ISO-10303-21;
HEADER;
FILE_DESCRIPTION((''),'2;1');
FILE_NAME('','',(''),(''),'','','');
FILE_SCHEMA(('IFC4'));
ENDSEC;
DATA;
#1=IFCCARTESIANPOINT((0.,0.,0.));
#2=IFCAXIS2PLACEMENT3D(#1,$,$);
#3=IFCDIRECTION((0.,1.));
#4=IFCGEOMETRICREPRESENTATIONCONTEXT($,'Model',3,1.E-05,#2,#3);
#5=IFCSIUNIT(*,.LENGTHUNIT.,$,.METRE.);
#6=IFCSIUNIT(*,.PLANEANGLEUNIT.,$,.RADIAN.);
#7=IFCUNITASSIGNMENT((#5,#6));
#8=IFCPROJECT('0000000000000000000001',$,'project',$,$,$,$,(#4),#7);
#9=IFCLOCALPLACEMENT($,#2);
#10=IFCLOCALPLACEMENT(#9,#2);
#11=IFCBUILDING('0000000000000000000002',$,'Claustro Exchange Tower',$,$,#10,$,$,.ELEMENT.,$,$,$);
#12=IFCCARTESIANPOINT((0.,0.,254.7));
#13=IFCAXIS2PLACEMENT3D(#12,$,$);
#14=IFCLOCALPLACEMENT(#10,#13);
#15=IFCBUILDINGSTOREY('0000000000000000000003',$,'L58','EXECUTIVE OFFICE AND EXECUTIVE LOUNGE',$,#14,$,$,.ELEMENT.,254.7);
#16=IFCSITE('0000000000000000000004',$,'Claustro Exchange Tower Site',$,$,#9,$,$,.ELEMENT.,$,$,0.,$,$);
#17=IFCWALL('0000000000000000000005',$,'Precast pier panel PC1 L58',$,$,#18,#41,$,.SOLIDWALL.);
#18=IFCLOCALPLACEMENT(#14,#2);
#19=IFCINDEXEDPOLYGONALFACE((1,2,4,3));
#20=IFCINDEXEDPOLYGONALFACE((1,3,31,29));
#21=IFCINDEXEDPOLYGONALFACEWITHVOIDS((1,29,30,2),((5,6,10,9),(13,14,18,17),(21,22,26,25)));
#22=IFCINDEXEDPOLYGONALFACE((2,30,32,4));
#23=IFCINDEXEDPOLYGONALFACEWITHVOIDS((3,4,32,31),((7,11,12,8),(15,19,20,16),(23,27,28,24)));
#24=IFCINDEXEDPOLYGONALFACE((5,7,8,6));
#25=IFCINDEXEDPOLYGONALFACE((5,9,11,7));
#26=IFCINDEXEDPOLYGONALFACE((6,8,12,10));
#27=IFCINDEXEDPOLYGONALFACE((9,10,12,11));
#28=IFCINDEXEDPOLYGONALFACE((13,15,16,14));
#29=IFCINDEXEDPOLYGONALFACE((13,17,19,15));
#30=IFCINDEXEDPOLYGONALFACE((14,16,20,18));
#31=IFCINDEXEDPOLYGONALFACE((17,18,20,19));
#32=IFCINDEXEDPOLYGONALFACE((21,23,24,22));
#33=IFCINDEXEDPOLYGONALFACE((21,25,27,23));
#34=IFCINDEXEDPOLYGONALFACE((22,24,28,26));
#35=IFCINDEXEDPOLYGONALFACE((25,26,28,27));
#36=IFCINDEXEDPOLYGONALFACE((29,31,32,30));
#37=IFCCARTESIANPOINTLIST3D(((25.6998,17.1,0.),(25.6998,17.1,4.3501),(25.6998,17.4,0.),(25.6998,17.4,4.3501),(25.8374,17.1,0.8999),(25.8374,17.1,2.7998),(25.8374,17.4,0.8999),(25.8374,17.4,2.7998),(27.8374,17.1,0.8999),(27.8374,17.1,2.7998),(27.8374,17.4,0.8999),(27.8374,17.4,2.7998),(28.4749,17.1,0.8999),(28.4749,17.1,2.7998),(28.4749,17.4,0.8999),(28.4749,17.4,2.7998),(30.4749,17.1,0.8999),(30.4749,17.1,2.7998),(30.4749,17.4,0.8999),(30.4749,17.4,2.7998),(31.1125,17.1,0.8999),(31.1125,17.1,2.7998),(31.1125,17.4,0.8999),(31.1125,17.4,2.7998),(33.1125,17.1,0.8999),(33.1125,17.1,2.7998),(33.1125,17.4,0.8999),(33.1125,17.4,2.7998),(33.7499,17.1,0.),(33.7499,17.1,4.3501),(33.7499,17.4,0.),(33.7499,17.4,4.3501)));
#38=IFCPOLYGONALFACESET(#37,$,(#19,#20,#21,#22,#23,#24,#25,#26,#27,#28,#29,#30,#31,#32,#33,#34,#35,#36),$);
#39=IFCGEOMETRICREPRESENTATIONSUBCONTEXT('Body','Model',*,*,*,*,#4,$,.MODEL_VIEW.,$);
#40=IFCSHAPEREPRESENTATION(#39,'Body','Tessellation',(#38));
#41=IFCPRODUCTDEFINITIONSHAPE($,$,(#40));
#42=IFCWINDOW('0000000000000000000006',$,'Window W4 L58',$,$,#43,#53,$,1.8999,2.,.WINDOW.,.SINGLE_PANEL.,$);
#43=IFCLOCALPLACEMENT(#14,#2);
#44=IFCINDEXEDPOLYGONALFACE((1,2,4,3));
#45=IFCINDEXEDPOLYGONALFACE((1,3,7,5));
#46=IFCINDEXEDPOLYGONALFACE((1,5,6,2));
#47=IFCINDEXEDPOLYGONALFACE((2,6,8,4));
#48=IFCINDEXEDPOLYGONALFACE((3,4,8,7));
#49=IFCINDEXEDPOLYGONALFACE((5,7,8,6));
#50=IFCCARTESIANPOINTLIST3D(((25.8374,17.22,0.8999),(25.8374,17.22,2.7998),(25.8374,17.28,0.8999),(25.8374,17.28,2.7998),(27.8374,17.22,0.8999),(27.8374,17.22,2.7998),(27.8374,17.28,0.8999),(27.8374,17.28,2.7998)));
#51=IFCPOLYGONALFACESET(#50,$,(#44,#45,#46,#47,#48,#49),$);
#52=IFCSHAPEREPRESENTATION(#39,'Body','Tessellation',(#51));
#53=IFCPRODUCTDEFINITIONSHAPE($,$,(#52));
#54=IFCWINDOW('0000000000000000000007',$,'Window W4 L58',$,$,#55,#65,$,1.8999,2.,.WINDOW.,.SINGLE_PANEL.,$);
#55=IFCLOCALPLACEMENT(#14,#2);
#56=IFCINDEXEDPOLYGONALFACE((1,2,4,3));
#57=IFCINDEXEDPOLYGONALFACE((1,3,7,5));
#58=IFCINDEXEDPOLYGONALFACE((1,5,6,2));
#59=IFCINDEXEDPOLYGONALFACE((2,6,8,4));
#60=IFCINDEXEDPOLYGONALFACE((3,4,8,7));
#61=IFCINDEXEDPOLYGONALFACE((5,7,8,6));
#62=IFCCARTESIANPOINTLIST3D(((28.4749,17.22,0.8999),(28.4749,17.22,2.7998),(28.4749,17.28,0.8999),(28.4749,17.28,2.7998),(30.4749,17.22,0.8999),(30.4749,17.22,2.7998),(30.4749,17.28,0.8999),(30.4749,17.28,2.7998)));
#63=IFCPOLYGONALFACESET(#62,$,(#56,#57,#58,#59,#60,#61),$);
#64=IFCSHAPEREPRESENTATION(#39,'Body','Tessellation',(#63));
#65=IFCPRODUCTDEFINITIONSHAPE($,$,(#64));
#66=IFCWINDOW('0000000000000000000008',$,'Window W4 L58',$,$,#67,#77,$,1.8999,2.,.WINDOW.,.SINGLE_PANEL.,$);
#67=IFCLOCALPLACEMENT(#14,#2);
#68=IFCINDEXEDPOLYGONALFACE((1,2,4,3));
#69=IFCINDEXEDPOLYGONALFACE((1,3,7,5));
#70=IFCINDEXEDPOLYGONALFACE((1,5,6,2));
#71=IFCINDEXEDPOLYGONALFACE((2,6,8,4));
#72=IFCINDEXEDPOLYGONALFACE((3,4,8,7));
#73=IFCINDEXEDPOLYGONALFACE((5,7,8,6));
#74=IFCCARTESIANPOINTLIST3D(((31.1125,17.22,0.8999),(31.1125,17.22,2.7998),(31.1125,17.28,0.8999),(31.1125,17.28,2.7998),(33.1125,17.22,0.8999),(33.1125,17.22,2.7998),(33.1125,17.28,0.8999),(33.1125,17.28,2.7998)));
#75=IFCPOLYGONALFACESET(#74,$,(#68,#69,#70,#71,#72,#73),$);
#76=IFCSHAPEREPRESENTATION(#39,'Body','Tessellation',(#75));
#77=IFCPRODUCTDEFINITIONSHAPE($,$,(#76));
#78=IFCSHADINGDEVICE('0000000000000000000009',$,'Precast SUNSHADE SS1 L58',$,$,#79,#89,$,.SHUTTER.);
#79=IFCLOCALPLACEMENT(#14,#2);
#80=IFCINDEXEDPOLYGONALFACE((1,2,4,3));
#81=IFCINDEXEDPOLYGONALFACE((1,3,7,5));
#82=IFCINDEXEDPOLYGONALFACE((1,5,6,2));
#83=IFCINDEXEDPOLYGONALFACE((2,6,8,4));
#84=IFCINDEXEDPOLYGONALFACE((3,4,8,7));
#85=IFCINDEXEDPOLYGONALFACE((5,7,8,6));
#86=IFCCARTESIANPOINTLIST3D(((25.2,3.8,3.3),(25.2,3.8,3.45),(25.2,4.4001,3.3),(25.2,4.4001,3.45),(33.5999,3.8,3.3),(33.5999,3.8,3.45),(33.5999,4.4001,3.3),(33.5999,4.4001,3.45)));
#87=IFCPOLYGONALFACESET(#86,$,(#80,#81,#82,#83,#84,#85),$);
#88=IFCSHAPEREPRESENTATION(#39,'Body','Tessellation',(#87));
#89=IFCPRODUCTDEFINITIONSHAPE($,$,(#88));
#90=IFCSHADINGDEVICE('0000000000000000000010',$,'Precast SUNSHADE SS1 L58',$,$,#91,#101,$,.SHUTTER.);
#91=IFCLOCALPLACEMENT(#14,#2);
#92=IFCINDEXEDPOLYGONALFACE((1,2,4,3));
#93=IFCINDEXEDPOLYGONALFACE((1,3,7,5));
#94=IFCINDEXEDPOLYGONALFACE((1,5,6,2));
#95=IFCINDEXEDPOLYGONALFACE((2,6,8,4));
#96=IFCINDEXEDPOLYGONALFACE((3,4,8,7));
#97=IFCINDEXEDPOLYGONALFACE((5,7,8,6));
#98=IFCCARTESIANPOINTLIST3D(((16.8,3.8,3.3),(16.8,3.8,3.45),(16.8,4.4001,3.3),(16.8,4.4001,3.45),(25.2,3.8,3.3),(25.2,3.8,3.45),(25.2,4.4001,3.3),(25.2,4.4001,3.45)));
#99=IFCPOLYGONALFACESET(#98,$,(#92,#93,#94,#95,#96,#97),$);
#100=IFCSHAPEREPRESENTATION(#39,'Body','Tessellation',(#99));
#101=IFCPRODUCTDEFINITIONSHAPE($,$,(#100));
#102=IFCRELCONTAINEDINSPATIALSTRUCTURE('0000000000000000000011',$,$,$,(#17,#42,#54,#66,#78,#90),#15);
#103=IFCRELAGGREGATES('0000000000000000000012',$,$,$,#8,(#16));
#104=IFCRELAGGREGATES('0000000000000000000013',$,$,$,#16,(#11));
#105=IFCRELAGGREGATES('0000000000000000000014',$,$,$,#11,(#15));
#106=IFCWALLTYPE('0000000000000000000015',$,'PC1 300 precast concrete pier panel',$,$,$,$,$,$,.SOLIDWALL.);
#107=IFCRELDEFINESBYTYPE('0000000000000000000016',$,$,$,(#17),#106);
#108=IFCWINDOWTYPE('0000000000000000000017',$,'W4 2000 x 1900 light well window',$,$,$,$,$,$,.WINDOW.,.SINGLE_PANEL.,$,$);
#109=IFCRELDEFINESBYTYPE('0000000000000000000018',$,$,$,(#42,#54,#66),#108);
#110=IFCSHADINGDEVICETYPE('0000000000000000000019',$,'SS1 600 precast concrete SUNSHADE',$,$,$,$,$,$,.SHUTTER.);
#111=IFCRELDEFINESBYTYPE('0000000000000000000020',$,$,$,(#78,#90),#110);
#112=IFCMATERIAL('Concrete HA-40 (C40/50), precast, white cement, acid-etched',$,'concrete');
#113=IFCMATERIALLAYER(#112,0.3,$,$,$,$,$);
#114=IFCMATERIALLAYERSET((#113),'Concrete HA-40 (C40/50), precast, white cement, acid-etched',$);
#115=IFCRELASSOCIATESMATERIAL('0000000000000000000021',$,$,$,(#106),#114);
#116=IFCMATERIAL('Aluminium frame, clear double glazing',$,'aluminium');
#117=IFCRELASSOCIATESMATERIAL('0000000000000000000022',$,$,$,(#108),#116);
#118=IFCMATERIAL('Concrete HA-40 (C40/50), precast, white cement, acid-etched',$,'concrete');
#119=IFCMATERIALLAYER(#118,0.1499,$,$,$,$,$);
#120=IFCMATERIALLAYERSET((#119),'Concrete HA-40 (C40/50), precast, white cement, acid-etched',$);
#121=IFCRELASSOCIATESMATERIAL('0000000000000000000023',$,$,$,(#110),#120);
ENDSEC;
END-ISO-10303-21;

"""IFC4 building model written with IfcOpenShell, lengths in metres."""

from ifc_helpers import new_model, si_unit, direction, frame, frame_2d, origin, origin_2d, place, context, subcontext, project, spatial, rectangle, extrude, material, layer, layer_set, type_object, element, fill, save


model = new_model("IFC4")

# Units and contexts
model_context = context("Model", 3, precision=1e-05, world=origin(), true_north=direction((0.0, 1.0)))
body_context = subcontext(model_context, "Body", "Model", "MODEL_VIEW")
ifc_project = project(units=[si_unit("LENGTHUNIT", "METRE"), si_unit("PLANEANGLEUNIT", "RADIAN")], contexts=[model_context])

# Site, building, storey
site_placement = place(None, origin())
site = spatial("IfcSite", under=ifc_project, at=site_placement, Name="Claustro Exchange Tower Site", CompositionType="ELEMENT", RefElevation=0.0)
building_placement = place(site_placement, origin())
building = spatial("IfcBuilding", under=site, at=building_placement, Name="Claustro Exchange Tower", CompositionType="ELEMENT")
storey_placement = place(building_placement, frame((0.0, 0.0, 254.7)))
storey = spatial("IfcBuildingStorey", under=building, at=storey_placement, Name="L58", Description="EXECUTIVE OFFICE AND EXECUTIVE LOUNGE", CompositionType="ELEMENT", Elevation=254.7)

# Wall, openings, windows
ifc_material_1 = material(Name="Concrete HA-40 (C40/50), precast, white cement, acid-etched", Category="concrete")
ifc_layer_1 = layer(ifc_material_1, 0.3)
ifc_layer_set_1 = layer_set([ifc_layer_1], Name="Concrete HA-40 (C40/50), precast, white cement, acid-etched")
wall_type_1 = type_object("IfcWallType", Name="PC1 300 precast concrete pier panel", PredefinedType="SOLIDWALL", material=ifc_layer_set_1)
wall_1_placement = place(storey_placement, frame((25.7, 17.25, 0.0), z_axis=(0.0, 0.0, 1.0), x_axis=(1.0, 0.0, 0.0)))
wall_1 = element("IfcWall", 1, at=wall_1_placement, inside=storey, type_object=wall_type_1, Name="Precast pier panel PC1 L58", PredefinedType="SOLIDWALL", context=body_context, shape_type="SweptSolid", body=[
    extrude(rectangle(XDim=8.05, YDim=0.3, at=frame_2d((4.0249, 0.0))), origin(), (0.0, 0.0, 1.0), 4.3501),
])
opening_1_placement = place(wall_1_placement, frame((0.1375, 0.0, 0.8999)))
opening_1 = element("IfcOpeningElement", 2, at=opening_1_placement, cuts=wall_1, PredefinedType="OPENING", context=body_context, shape_type="SweptSolid", body=[
    extrude(rectangle(XDim=2.0, YDim=1.8999, at=frame_2d((1.0, 0.95))), frame((0.0, 0.1599, 0.0), z_axis=(0.0, -1.0, 0.0), x_axis=(1.0, 0.0, 0.0)), (0.0, 0.0, 1.0), 0.3201),
])
opening_2_placement = place(wall_1_placement, frame((2.7749, 0.0, 0.8999)))
opening_2 = element("IfcOpeningElement", 3, at=opening_2_placement, cuts=wall_1, PredefinedType="OPENING", context=body_context, shape_type="SweptSolid", body=[
    extrude(rectangle(XDim=2.0, YDim=1.8999, at=frame_2d((1.0, 0.95))), frame((0.0, 0.1599, 0.0), z_axis=(0.0, -1.0, 0.0), x_axis=(1.0, 0.0, 0.0)), (0.0, 0.0, 1.0), 0.3201),
])
opening_3_placement = place(wall_1_placement, frame((5.4126, 0.0, 0.8999)))
opening_3 = element("IfcOpeningElement", 4, at=opening_3_placement, cuts=wall_1, PredefinedType="OPENING", context=body_context, shape_type="SweptSolid", body=[
    extrude(rectangle(XDim=2.0, YDim=1.8999, at=frame_2d((1.0, 0.95))), frame((0.0, 0.1599, 0.0), z_axis=(0.0, -1.0, 0.0), x_axis=(1.0, 0.0, 0.0)), (0.0, 0.0, 1.0), 0.3201),
])
ifc_material_2 = material(Name="Aluminium frame, clear double glazing", Category="aluminium")
window_type_1 = type_object("IfcWindowType", Name="W4 2000 x 1900 light well window", PartitioningType="SINGLE_PANEL", PredefinedType="WINDOW", material=ifc_material_2)
window_1_placement = place(opening_1_placement, origin())
window_1 = element("IfcWindow", 5, at=window_1_placement, inside=storey, type_object=window_type_1, Name="Window W4 L58", OverallHeight=1.8999, OverallWidth=2.0, PartitioningType="SINGLE_PANEL", PredefinedType="WINDOW", context=body_context, shape_type="SweptSolid", body=[
    extrude(rectangle(XDim=2.0, YDim=1.8999, at=frame_2d((1.0, 0.95))), frame((0.0, 0.03, 0.0), z_axis=(0.0, -1.0, 0.0), x_axis=(1.0, 0.0, 0.0)), (0.0, 0.0, 1.0), 0.0601),
])
fill(opening_1, window_1)
window_2_placement = place(opening_2_placement, origin())
window_2 = element("IfcWindow", 6, at=window_2_placement, inside=storey, type_object=window_type_1, Name="Window W4 L58", OverallHeight=1.8999, OverallWidth=2.0, PartitioningType="SINGLE_PANEL", PredefinedType="WINDOW", context=body_context, shape_type="SweptSolid", body=[
    extrude(rectangle(XDim=2.0, YDim=1.8999, at=frame_2d((1.0, 0.95))), frame((0.0, 0.03, 0.0), z_axis=(0.0, -1.0, 0.0), x_axis=(1.0, 0.0, 0.0)), (0.0, 0.0, 1.0), 0.0601),
])
fill(opening_2, window_2)
window_3_placement = place(opening_3_placement, origin())
window_3 = element("IfcWindow", 7, at=window_3_placement, inside=storey, type_object=window_type_1, Name="Window W4 L58", OverallHeight=1.8999, OverallWidth=2.0, PartitioningType="SINGLE_PANEL", PredefinedType="WINDOW", context=body_context, shape_type="SweptSolid", body=[
    extrude(rectangle(XDim=2.0, YDim=1.8999, at=frame_2d((1.0, 0.95))), frame((0.0, 0.03, 0.0), z_axis=(0.0, -1.0, 0.0), x_axis=(1.0, 0.0, 0.0)), (0.0, 0.0, 1.0), 0.0601),
])
fill(opening_3, window_3)

# Shading devices
ifc_material_3 = material(Name="Concrete HA-40 (C40/50), precast, white cement, acid-etched", Category="concrete")
ifc_layer_2 = layer(ifc_material_3, 0.1499)
ifc_layer_set_2 = layer_set([ifc_layer_2], Name="Concrete HA-40 (C40/50), precast, white cement, acid-etched")
shading_device_type = type_object("IfcShadingDeviceType", Name="SS1 600 precast concrete SUNSHADE", PredefinedType="SHUTTER", material=ifc_layer_set_2)
for number, where, z_axis, x_axis, name in (
    (8, (29.3999, 4.1001, 3.3), (0.0, 0.0, 1.0), (-1.0, 0.0, 0.0), "Precast SUNSHADE SS1 L58"),
    (9, (21.0, 4.1001, 3.3), (0.0, 0.0, 1.0), (-1.0, 0.0, 0.0), "Precast SUNSHADE SS1 L58"),
):
    element("IfcShadingDevice", number, at=place(storey_placement, frame(where, z_axis=z_axis, x_axis=x_axis)), inside=storey, type_object=shading_device_type, Name=name, PredefinedType="SHUTTER", context=body_context, shape_type="SweptSolid", body=[
        extrude(rectangle(XDim=8.3999, YDim=0.6001, at=origin_2d()), origin(), (0.0, 0.0, 1.0), 0.1499),
    ])

save(model, "model.ifc")
